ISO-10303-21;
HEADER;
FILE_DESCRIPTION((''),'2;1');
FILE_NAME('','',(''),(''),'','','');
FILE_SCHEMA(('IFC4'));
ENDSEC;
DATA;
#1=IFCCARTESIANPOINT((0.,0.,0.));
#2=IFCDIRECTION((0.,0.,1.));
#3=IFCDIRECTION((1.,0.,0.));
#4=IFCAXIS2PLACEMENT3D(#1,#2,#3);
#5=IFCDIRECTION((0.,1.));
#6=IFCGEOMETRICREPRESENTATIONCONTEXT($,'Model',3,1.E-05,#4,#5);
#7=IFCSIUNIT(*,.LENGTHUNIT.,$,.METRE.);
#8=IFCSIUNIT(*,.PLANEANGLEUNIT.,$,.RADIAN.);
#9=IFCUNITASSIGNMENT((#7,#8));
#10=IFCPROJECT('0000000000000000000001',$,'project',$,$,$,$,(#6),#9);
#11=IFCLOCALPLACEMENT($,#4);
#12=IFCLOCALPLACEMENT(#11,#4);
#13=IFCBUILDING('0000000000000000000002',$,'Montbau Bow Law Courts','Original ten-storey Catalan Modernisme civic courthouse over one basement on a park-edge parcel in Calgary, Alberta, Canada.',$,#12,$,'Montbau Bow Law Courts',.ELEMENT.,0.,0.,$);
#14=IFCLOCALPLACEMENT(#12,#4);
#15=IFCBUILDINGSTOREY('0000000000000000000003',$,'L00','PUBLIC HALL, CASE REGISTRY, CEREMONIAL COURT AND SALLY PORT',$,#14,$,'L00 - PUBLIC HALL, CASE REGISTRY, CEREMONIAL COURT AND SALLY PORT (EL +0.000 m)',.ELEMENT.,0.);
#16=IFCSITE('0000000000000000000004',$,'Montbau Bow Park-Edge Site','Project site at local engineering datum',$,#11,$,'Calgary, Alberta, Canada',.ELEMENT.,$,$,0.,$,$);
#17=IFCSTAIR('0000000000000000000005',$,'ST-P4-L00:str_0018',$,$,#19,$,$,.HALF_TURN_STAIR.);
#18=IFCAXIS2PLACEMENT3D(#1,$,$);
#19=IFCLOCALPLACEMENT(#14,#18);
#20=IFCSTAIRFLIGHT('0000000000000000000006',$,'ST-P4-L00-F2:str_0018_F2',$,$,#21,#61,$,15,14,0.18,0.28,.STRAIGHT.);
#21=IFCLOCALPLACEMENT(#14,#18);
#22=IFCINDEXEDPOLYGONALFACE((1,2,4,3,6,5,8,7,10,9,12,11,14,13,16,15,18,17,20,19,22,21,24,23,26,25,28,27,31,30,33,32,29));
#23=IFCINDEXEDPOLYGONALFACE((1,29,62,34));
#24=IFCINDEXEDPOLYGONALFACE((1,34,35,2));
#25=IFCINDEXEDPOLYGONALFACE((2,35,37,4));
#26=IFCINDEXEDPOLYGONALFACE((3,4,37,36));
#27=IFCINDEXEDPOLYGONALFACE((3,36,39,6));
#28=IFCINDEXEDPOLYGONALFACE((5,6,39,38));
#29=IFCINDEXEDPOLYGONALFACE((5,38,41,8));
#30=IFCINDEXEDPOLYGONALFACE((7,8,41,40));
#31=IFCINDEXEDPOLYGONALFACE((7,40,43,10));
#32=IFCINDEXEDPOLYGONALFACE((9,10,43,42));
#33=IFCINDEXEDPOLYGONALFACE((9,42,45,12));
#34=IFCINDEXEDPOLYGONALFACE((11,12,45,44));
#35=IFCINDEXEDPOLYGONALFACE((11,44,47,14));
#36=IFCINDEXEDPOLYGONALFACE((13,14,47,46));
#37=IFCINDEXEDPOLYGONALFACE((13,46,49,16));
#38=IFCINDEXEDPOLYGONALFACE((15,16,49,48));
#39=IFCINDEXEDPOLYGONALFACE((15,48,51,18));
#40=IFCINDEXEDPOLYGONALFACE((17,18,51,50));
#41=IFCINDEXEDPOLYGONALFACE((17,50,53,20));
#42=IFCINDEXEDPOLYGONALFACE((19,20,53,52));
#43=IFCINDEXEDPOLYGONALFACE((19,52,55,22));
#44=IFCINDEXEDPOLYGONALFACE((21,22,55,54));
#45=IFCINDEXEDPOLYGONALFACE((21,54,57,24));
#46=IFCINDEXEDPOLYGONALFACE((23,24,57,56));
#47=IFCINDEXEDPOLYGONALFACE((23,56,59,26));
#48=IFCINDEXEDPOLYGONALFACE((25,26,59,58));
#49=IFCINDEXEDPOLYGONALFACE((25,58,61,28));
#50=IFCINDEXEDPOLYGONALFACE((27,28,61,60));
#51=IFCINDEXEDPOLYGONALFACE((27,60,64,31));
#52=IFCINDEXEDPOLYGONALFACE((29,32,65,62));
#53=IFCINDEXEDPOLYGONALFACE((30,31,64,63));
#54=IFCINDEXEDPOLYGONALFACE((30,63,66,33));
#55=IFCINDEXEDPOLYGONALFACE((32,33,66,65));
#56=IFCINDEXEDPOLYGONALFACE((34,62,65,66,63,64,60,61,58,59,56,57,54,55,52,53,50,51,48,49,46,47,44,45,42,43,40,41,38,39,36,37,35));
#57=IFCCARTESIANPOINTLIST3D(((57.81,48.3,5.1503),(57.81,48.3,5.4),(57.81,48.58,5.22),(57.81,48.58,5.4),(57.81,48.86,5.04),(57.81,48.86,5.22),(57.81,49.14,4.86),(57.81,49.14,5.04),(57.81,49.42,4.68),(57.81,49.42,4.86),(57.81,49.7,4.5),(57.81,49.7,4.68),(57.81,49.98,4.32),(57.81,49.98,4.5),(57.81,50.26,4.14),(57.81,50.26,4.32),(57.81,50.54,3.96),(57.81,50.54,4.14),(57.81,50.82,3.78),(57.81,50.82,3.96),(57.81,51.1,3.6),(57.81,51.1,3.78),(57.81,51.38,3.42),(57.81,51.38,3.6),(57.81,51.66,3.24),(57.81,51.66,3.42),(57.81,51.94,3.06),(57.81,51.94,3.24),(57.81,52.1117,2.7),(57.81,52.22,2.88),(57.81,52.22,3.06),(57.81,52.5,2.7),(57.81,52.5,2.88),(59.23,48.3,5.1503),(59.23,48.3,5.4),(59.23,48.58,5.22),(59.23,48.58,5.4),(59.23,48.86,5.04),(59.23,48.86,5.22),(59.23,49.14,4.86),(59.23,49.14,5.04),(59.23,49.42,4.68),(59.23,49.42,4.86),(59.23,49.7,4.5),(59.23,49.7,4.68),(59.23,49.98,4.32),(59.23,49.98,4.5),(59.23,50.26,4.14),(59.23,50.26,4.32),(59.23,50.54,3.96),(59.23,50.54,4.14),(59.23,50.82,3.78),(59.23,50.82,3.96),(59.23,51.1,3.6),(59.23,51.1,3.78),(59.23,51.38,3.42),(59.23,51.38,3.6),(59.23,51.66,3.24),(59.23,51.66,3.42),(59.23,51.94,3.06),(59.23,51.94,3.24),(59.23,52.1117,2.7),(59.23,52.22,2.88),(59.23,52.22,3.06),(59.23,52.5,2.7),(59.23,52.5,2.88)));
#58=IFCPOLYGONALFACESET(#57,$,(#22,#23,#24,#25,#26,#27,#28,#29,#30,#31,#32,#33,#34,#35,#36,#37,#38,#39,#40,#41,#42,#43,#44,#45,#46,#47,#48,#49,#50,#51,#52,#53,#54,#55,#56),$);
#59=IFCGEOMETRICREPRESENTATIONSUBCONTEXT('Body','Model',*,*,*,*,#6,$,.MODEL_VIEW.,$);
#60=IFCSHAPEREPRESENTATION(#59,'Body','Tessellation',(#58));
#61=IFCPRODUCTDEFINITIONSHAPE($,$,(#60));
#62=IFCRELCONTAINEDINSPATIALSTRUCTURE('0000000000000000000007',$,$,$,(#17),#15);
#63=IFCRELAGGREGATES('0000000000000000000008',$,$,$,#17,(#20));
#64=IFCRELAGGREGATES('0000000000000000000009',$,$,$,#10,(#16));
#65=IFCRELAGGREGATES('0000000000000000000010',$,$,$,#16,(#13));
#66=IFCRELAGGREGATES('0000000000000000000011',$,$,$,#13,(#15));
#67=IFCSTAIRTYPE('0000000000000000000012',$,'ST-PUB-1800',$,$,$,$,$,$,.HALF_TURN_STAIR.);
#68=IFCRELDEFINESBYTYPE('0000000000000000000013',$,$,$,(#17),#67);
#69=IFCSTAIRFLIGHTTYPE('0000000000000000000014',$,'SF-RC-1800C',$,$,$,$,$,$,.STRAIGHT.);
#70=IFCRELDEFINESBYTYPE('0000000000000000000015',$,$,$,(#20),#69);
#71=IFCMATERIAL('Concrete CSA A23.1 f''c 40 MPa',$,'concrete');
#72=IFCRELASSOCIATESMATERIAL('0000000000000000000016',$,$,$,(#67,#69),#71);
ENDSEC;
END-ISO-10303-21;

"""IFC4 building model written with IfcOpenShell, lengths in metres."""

from ifc_helpers import new_model, si_unit, direction, frame, origin_with_axes, place, context, subcontext, project, spatial, polyline, outline, extrude, material, type_object, element, aggregate, save


model = new_model("IFC4")

# Units and contexts
model_context = context("Model", 3, precision=1e-05, world=origin_with_axes(), true_north=direction((0.0, 1.0)))
body_context = subcontext(model_context, "Body", "Model", "MODEL_VIEW")
ifc_project = project(units=[si_unit("LENGTHUNIT", "METRE"), si_unit("PLANEANGLEUNIT", "RADIAN")], contexts=[model_context])

# Site, building, storey
site_placement = place(None, origin_with_axes())
site = spatial("IfcSite", under=ifc_project, at=site_placement, Name="Montbau Bow Park-Edge Site", Description="Project site at local engineering datum", LongName="Calgary, Alberta, Canada", CompositionType="ELEMENT", RefElevation=0.0)
building_placement = place(site_placement, origin_with_axes())
building = spatial("IfcBuilding", under=site, at=building_placement, Name="Montbau Bow Law Courts", Description="Original ten-storey Catalan Modernisme civic courthouse over one basement on a park-edge parcel in Calgary, Alberta, Canada.", LongName="Montbau Bow Law Courts", CompositionType="ELEMENT", ElevationOfRefHeight=0.0, ElevationOfTerrain=0.0)
storey_placement = place(building_placement, origin_with_axes())
storey = spatial("IfcBuildingStorey", under=building, at=storey_placement, Name="L00", Description="PUBLIC HALL, CASE REGISTRY, CEREMONIAL COURT AND SALLY PORT", LongName="L00 - PUBLIC HALL, CASE REGISTRY, CEREMONIAL COURT AND SALLY PORT (EL +0.000 m)", CompositionType="ELEMENT", Elevation=0.0)

# Stair, stair flight
ifc_material_1 = material(Name="Concrete CSA A23.1 f'c 40 MPa", Category="concrete")
stair_type = type_object("IfcStairType", Name="ST-PUB-1800", PredefinedType="HALF_TURN_STAIR", material=ifc_material_1)
stair_placement = place(None, frame((56.705, 48.3, 0.0), z_axis=(0.0, 0.0, 1.0), x_axis=(1.0, 0.0, 0.0)))
stair = element("IfcStair", 1, at=stair_placement, inside=storey, type_object=stair_type, Name="ST-P4-L00:str_0018", PredefinedType="HALF_TURN_STAIR")
stair_flight_type = type_object("IfcStairFlightType", Name="SF-RC-1800C", PredefinedType="STRAIGHT", material=ifc_material_1)
stair_flight_1_placement = place(None, frame((58.52, 52.5, 2.7), z_axis=(0.0, 0.0, 1.0), x_axis=(0.0, -1.0, 0.0)))
stair_flight_1 = element("IfcStairFlight", 2, at=stair_flight_1_placement, type_object=stair_flight_type, Name="ST-P4-L00-F2:str_0018_F2", NumberOfRisers=15, NumberOfTreads=14, PredefinedType="STRAIGHT", RiserHeight=0.18, TreadLength=0.28, context=body_context, shape_type="SweptSolid", body=[
    extrude(outline(polyline([(0.0, 0.0), (0.0, 0.18), (0.28, 0.18), (0.28, 0.36), (0.56, 0.36), (0.56, 0.54), (0.84, 0.54), (0.84, 0.72), (1.12, 0.72), (1.12, 0.9), (1.4, 0.9), (1.4, 1.08), (1.68, 1.08), (1.68, 1.26), (1.96, 1.26), (1.96, 1.44), (2.24, 1.44), (2.24, 1.62), (2.52, 1.62), (2.52, 1.8), (2.8, 1.8), (2.8, 1.98), (3.08, 1.98), (3.08, 2.16), (3.36, 2.16), (3.36, 2.34), (3.64, 2.34), (3.64, 2.52), (3.92, 2.52), (3.92, 2.7), (4.2, 2.7), (4.2, 2.4503), (0.3883, 0.0), (0.0, 0.0)])), frame((0.0, 0.71, 0.0), z_axis=(0.0, -1.0, 0.0), x_axis=(1.0, 0.0, 0.0)), (0.0, 0.0, 1.0), 1.42),
])
aggregate(stair, [stair_flight_1])

save(model, "model.ifc")
